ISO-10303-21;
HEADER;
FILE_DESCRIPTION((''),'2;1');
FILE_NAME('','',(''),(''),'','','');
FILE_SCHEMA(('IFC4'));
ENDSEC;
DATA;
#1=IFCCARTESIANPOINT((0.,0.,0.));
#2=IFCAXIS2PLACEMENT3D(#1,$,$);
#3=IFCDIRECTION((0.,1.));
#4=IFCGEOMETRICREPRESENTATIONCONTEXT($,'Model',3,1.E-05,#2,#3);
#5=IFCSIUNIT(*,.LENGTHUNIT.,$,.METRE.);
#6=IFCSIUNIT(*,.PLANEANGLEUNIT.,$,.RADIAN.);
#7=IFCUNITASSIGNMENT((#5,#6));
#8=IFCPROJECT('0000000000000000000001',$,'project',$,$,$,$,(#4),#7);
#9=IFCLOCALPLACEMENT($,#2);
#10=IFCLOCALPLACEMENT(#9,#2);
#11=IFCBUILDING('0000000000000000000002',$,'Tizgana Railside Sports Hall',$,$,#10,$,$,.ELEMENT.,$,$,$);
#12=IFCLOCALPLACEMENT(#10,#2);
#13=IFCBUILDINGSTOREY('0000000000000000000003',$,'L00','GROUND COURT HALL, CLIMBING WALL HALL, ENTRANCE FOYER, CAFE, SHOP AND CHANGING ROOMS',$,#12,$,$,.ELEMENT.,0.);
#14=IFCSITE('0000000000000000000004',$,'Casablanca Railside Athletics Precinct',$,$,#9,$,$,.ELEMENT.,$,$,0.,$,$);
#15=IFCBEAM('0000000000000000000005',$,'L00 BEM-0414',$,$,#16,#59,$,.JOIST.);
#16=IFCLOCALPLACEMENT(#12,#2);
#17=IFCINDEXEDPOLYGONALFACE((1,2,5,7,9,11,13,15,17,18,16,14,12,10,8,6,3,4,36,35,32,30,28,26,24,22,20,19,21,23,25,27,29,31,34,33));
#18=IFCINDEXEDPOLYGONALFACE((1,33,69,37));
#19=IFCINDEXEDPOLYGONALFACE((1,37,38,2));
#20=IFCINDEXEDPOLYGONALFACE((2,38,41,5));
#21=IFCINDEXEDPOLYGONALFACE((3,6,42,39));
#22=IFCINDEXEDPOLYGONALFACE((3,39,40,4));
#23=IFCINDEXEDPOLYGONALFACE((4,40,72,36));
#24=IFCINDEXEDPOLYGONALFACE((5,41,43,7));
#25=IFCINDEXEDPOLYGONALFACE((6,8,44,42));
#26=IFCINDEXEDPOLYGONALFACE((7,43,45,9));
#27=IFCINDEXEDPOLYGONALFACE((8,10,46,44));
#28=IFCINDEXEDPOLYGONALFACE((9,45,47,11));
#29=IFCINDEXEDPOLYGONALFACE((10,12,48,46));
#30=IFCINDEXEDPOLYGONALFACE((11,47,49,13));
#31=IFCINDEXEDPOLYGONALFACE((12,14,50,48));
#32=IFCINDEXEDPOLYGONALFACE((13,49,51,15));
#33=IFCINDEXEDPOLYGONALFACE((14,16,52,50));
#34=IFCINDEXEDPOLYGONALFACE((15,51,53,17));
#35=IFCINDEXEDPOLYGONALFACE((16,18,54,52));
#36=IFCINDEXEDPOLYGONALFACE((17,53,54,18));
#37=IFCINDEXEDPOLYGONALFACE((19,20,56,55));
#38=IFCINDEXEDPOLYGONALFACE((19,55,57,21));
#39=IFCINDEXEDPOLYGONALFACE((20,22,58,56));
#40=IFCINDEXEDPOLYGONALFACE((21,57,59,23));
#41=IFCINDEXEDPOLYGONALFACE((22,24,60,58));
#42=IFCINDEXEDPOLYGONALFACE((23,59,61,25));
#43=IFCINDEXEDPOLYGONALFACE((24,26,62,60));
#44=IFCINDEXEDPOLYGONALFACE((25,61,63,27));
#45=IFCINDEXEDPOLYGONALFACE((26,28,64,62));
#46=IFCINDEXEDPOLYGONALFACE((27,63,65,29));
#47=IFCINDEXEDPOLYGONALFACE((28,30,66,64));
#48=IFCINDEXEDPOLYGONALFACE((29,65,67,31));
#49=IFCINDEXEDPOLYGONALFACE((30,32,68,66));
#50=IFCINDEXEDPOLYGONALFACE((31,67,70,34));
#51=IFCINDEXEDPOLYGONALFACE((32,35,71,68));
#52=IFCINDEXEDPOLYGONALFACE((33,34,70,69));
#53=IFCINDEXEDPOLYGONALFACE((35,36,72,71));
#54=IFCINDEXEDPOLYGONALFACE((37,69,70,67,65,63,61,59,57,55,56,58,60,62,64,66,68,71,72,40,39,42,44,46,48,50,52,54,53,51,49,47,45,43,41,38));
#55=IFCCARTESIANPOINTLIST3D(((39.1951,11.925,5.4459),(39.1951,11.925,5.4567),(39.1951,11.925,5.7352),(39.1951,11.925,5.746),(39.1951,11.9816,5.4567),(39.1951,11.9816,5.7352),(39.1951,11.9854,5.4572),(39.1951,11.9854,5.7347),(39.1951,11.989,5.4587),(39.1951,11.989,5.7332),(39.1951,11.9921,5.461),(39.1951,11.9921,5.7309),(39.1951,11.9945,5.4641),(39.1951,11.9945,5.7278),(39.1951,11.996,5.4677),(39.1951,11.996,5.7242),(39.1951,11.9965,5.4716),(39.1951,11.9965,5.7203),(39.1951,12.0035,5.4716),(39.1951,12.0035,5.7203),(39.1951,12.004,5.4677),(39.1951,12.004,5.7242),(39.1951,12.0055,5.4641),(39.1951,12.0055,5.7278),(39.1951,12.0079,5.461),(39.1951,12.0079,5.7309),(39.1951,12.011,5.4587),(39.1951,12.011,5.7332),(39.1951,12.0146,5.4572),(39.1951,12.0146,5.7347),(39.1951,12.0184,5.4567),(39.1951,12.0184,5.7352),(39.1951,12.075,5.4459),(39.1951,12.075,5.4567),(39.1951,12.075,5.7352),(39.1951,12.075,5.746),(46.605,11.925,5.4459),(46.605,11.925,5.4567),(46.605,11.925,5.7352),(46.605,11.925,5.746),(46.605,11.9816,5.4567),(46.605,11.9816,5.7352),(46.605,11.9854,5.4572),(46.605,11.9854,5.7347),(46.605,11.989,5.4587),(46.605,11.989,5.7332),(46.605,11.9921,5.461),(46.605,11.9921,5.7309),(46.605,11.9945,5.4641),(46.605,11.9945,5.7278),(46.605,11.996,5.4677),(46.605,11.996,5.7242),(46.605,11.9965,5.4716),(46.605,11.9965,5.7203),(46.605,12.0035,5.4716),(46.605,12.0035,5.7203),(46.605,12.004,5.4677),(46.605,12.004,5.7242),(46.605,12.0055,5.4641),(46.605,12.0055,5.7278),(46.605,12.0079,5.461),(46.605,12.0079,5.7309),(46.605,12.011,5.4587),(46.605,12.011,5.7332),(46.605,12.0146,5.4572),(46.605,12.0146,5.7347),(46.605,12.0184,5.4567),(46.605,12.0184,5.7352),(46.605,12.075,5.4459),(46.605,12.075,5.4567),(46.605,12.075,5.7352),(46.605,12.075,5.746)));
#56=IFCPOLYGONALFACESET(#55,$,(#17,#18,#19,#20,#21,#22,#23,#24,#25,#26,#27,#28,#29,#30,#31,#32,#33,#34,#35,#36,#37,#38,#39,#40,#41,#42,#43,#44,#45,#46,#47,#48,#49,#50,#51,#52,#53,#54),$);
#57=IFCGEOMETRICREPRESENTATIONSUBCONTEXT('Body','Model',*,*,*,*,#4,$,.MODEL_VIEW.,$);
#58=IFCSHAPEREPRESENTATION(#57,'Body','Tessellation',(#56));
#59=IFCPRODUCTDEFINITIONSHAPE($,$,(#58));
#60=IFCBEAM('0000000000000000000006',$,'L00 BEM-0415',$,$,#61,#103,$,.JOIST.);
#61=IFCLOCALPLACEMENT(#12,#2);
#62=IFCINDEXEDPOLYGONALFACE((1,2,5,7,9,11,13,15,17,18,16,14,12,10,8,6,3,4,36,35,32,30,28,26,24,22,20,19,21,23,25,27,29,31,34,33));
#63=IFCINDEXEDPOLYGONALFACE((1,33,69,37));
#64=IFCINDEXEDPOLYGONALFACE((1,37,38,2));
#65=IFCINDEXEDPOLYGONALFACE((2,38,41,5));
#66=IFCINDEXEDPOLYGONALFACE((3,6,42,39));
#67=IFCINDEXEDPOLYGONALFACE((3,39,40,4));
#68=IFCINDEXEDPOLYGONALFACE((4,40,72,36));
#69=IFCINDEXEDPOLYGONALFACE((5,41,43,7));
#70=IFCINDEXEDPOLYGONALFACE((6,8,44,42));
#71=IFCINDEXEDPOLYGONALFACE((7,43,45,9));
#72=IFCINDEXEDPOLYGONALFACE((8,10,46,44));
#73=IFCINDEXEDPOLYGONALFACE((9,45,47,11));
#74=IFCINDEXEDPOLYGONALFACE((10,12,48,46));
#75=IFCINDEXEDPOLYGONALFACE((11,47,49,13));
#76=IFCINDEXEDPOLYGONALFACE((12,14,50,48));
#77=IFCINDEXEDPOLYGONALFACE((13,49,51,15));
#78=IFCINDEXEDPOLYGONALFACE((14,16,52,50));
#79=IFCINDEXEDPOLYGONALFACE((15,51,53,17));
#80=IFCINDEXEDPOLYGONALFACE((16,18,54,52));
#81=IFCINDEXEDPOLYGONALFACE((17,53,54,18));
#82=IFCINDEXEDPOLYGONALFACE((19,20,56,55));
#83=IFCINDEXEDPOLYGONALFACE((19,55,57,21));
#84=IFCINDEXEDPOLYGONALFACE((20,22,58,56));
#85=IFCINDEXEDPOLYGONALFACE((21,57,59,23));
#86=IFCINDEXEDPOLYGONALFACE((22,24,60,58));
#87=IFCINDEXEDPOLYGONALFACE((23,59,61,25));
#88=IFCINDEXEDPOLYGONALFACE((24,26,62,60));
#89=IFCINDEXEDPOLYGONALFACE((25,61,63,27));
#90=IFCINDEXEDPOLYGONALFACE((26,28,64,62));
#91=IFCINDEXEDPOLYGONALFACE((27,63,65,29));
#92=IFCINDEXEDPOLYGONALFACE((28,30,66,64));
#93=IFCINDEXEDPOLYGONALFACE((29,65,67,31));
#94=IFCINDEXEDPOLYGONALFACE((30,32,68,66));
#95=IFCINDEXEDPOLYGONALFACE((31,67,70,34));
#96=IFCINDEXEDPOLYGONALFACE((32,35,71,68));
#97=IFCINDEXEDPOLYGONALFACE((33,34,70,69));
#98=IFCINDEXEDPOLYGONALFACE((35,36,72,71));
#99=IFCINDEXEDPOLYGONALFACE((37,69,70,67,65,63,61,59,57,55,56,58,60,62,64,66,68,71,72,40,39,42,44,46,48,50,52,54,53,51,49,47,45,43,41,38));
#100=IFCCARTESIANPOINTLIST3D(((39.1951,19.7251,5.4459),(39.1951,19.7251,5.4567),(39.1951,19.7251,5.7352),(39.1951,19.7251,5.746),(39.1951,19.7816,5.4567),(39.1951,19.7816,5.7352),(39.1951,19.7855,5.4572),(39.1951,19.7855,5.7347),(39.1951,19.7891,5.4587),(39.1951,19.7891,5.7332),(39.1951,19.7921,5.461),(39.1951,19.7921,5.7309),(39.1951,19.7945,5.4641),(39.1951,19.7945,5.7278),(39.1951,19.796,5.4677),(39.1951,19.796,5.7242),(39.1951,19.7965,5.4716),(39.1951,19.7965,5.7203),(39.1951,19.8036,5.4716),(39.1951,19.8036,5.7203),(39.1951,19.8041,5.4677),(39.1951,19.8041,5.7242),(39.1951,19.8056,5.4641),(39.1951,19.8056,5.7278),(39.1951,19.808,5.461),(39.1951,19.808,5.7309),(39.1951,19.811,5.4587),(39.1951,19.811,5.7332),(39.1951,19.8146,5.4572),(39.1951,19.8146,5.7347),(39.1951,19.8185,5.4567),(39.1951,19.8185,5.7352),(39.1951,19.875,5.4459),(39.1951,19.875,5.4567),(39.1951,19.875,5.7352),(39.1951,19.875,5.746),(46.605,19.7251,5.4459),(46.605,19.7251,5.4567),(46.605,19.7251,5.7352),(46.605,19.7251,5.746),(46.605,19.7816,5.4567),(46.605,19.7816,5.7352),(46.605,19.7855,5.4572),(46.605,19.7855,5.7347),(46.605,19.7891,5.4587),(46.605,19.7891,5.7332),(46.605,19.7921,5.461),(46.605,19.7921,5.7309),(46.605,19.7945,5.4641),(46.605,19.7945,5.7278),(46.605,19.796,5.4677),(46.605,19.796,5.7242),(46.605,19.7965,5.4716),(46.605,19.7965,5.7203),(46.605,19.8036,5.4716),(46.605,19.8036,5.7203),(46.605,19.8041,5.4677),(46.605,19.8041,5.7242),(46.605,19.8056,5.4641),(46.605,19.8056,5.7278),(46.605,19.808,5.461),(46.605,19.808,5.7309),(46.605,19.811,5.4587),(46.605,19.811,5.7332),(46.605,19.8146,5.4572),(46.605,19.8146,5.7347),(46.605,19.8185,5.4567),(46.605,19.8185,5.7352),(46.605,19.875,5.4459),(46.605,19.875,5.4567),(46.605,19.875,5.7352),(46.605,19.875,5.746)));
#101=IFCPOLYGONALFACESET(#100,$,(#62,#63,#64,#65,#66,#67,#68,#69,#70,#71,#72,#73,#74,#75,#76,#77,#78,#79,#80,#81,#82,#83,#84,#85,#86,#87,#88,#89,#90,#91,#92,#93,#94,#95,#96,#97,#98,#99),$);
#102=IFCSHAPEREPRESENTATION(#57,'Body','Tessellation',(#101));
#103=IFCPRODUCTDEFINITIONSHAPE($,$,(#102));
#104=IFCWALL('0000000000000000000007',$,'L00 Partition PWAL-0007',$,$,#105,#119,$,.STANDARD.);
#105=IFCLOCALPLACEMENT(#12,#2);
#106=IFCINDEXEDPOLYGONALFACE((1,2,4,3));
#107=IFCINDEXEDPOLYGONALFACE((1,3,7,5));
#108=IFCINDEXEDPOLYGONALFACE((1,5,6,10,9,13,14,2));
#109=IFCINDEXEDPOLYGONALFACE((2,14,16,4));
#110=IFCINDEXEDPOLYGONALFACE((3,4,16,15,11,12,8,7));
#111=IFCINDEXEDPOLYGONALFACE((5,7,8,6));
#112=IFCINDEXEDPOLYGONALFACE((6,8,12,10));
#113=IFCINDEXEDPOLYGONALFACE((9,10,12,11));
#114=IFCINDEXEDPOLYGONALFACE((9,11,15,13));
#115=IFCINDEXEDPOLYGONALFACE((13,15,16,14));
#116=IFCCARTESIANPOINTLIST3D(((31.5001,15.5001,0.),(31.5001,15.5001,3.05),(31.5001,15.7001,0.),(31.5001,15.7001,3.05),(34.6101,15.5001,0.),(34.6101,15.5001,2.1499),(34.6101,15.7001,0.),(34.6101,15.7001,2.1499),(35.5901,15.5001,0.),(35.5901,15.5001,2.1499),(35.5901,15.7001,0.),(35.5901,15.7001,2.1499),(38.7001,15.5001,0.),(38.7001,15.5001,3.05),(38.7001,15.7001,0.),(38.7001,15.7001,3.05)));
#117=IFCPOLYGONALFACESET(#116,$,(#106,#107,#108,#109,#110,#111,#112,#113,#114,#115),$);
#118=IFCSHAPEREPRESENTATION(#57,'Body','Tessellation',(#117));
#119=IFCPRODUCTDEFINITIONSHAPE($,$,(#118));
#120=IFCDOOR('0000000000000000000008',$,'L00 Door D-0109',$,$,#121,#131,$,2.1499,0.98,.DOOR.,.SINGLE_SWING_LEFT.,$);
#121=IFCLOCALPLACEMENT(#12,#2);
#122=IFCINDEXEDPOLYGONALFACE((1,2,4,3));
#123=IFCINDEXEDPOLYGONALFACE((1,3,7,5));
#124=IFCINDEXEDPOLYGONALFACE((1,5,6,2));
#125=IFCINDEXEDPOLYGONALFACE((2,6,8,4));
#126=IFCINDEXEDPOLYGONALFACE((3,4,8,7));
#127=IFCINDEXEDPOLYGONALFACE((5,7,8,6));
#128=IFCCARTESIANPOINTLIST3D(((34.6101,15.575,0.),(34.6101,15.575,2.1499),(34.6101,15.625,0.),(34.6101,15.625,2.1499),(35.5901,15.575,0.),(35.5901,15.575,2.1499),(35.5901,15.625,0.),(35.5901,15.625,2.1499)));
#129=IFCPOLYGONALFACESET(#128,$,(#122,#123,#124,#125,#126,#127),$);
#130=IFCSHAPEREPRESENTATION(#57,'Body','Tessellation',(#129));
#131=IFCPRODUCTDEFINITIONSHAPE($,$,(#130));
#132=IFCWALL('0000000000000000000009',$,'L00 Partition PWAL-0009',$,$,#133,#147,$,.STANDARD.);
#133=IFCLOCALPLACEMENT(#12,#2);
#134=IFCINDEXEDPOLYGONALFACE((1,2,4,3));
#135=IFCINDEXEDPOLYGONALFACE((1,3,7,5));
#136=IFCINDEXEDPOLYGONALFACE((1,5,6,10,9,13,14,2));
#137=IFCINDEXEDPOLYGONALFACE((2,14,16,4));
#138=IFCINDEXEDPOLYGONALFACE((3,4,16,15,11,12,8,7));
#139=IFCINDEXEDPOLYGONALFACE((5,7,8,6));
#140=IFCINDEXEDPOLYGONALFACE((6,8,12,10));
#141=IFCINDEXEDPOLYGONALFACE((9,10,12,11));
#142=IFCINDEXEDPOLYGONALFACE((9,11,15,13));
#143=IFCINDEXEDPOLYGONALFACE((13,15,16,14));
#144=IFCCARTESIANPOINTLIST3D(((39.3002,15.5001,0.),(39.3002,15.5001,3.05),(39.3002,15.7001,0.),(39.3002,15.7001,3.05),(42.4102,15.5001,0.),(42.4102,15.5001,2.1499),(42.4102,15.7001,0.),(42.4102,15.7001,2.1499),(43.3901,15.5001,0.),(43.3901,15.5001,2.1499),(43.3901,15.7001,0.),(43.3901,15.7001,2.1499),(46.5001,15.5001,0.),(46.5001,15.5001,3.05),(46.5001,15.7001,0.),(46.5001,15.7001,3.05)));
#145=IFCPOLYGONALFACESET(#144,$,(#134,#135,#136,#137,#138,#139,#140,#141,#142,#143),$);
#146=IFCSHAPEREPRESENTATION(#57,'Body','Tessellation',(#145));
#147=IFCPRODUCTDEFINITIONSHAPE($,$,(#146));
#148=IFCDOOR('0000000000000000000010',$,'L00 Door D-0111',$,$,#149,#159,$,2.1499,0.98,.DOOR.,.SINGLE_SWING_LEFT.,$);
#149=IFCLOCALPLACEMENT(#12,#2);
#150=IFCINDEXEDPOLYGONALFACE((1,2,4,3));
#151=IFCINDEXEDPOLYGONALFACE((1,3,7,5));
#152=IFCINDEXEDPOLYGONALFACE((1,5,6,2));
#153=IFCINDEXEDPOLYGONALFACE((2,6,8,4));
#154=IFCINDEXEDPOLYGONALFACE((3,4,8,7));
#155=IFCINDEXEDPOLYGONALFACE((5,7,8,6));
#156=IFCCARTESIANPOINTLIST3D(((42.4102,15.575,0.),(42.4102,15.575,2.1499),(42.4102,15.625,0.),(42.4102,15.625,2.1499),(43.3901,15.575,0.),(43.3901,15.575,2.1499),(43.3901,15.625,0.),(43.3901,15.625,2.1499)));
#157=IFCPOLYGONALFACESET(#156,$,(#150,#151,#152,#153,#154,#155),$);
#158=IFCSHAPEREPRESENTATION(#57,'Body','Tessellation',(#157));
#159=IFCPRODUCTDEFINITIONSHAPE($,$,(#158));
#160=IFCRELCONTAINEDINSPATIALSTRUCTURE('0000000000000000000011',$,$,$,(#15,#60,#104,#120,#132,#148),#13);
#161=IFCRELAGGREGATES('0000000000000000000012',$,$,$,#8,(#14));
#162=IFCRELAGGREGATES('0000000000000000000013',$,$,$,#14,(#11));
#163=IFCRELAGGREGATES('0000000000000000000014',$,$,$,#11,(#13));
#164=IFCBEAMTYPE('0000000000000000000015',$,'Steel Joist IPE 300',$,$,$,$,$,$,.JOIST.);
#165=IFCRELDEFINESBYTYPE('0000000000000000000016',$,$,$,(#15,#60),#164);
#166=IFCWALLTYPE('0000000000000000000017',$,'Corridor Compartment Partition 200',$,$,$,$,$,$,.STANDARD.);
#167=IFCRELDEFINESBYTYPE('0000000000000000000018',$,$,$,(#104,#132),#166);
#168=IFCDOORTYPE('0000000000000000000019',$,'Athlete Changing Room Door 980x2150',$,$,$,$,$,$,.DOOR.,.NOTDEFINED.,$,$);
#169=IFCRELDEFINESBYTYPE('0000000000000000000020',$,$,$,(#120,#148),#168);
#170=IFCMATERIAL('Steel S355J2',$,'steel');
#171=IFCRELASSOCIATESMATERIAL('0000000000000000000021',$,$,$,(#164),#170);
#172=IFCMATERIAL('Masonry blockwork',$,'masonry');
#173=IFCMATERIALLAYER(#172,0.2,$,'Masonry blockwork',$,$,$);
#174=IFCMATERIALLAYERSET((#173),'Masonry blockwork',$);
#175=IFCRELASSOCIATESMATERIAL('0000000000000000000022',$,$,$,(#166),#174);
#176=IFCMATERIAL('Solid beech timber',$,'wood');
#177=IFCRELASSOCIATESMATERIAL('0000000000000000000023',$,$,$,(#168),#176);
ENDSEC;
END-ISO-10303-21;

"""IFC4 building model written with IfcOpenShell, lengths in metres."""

from ifc_helpers import new_model, si_unit, direction, frame, frame_2d, origin, origin_2d, place, context, subcontext, project, spatial, rectangle, i_section, extrude, material, layer, layer_set, material_profile, profile_set, type_object, element, fill, save


model = new_model("IFC4")

# Units and contexts
model_context = context("Model", 3, precision=1e-05, world=origin(), true_north=direction((0.0, 1.0)))
body_context = subcontext(model_context, "Body", "Model", "MODEL_VIEW")
ifc_project = project(units=[si_unit("LENGTHUNIT", "METRE"), si_unit("PLANEANGLEUNIT", "RADIAN")], contexts=[model_context])

# Site, building, storey
site_placement = place(None, origin())
site = spatial("IfcSite", under=ifc_project, at=site_placement, Name="Casablanca Railside Athletics Precinct", CompositionType="ELEMENT", RefElevation=0.0)
building_placement = place(site_placement, origin())
building = spatial("IfcBuilding", under=site, at=building_placement, Name="Tizgana Railside Sports Hall", CompositionType="ELEMENT")
storey_placement = place(building_placement, origin())
storey = spatial("IfcBuildingStorey", under=building, at=storey_placement, Name="L00", Description="GROUND COURT HALL, CLIMBING WALL HALL, ENTRANCE FOYER, CAFE, SHOP AND CHANGING ROOMS", CompositionType="ELEMENT", Elevation=0.0)

# Beams
ifc_material_1 = material(Name="Steel S355J2", Category="steel")
ifc_material_profile_1 = material_profile(ifc_material_1, i_section(OverallWidth=0.1499, OverallDepth=0.3, WebThickness=0.0071, FlangeThickness=0.0107, FilletRadius=0.0149, at=origin_2d()), Name="IPE 300")
ifc_profile_set_1 = profile_set([ifc_material_profile_1], Name="Steel S355J2")
beam_type_1 = type_object("IfcBeamType", Name="Steel Joist IPE 300", PredefinedType="JOIST", material=ifc_profile_set_1)
for number, where, z_axis, x_axis, name in (
    (1, (39.1951, 12.0, 5.5959), (1.0, 0.0, 0.0), (0.0, 1.0, 0.0), "L00 BEM-0414"),
    (2, (39.1951, 19.8, 5.5959), (1.0, 0.0, 0.0), (0.0, 1.0, 0.0), "L00 BEM-0415"),
):
    element("IfcBeam", number, at=place(storey_placement, frame(where, z_axis=z_axis, x_axis=x_axis)), inside=storey, type_object=beam_type_1, Name=name, PredefinedType="JOIST", context=body_context, shape_type="SweptSolid", body=[
        extrude(i_section(OverallWidth=0.1499, OverallDepth=0.3, WebThickness=0.0071, FlangeThickness=0.0107, FilletRadius=0.0149, at=origin_2d()), origin(), (0.0, 0.0, 1.0), 7.4099),
    ])

# Walls, openings, doors
ifc_material_2 = material(Name="Masonry blockwork", Category="masonry")
ifc_layer_1 = layer(ifc_material_2, 0.2, Name="Masonry blockwork")
ifc_layer_set_1 = layer_set([ifc_layer_1], Name="Masonry blockwork")
wall_type_1 = type_object("IfcWallType", Name="Corridor Compartment Partition 200", PredefinedType="STANDARD", material=ifc_layer_set_1)
wall_1_placement = place(storey_placement, frame((31.5, 15.6001, 0.0), z_axis=(0.0, 0.0, 1.0), x_axis=(1.0, 0.0, 0.0)))
wall_1 = element("IfcWall", 3, at=wall_1_placement, inside=storey, type_object=wall_type_1, Name="L00 Partition PWAL-0007", PredefinedType="STANDARD", context=body_context, shape_type="SweptSolid", body=[
    extrude(rectangle(XDim=7.2, YDim=0.2, at=frame_2d((3.6001, 0.0))), origin(), (0.0, 0.0, 1.0), 3.05),
])
opening_1_placement = place(wall_1_placement, frame((3.1101, 0.0, 0.0)))
opening_1 = element("IfcOpeningElement", 4, at=opening_1_placement, cuts=wall_1, PredefinedType="OPENING", context=body_context, shape_type="SweptSolid", body=[
    extrude(rectangle(XDim=0.98, YDim=2.1499, at=frame_2d((0.49, 1.075))), frame((0.0, 0.1099, 0.0), z_axis=(0.0, -1.0, 0.0), x_axis=(1.0, 0.0, 0.0)), (0.0, 0.0, 1.0), 0.22),
])
ifc_material_3 = material(Name="Solid beech timber", Category="wood")
door_type_1 = type_object("IfcDoorType", Name="Athlete Changing Room Door 980x2150", OperationType="NOTDEFINED", PredefinedType="DOOR", material=ifc_material_3)
door_1_placement = place(opening_1_placement, origin())
door_1 = element("IfcDoor", 5, at=door_1_placement, inside=storey, type_object=door_type_1, Name="L00 Door D-0109", OperationType="SINGLE_SWING_LEFT", OverallHeight=2.1499, OverallWidth=0.98, PredefinedType="DOOR", context=body_context, shape_type="SweptSolid", body=[
    extrude(rectangle(XDim=0.98, YDim=2.1499, at=frame_2d((0.49, 1.075))), frame((0.0, 0.0249, 0.0), z_axis=(0.0, -1.0, 0.0), x_axis=(1.0, 0.0, 0.0)), (0.0, 0.0, 1.0), 0.05),
])
fill(opening_1, door_1)
wall_2_placement = place(storey_placement, frame((39.3, 15.6001, 0.0), z_axis=(0.0, 0.0, 1.0), x_axis=(1.0, 0.0, 0.0)))
wall_2 = element("IfcWall", 6, at=wall_2_placement, inside=storey, type_object=wall_type_1, Name="L00 Partition PWAL-0009", PredefinedType="STANDARD", context=body_context, shape_type="SweptSolid", body=[
    extrude(rectangle(XDim=7.2, YDim=0.2, at=frame_2d((3.6001, 0.0))), origin(), (0.0, 0.0, 1.0), 3.05),
])
opening_2_placement = place(wall_2_placement, frame((3.1101, 0.0, 0.0)))
opening_2 = element("IfcOpeningElement", 7, at=opening_2_placement, cuts=wall_2, PredefinedType="OPENING", context=body_context, shape_type="SweptSolid", body=[
    extrude(rectangle(XDim=0.98, YDim=2.1499, at=frame_2d((0.49, 1.075))), frame((0.0, 0.1099, 0.0), z_axis=(0.0, -1.0, 0.0), x_axis=(1.0, 0.0, 0.0)), (0.0, 0.0, 1.0), 0.22),
])
door_2_placement = place(opening_2_placement, origin())
door_2 = element("IfcDoor", 8, at=door_2_placement, inside=storey, type_object=door_type_1, Name="L00 Door D-0111", OperationType="SINGLE_SWING_LEFT", OverallHeight=2.1499, OverallWidth=0.98, PredefinedType="DOOR", context=body_context, shape_type="SweptSolid", body=[
    extrude(rectangle(XDim=0.98, YDim=2.1499, at=frame_2d((0.49, 1.075))), frame((0.0, 0.0249, 0.0), z_axis=(0.0, -1.0, 0.0), x_axis=(1.0, 0.0, 0.0)), (0.0, 0.0, 1.0), 0.05),
])
fill(opening_2, door_2)

save(model, "model.ifc")
